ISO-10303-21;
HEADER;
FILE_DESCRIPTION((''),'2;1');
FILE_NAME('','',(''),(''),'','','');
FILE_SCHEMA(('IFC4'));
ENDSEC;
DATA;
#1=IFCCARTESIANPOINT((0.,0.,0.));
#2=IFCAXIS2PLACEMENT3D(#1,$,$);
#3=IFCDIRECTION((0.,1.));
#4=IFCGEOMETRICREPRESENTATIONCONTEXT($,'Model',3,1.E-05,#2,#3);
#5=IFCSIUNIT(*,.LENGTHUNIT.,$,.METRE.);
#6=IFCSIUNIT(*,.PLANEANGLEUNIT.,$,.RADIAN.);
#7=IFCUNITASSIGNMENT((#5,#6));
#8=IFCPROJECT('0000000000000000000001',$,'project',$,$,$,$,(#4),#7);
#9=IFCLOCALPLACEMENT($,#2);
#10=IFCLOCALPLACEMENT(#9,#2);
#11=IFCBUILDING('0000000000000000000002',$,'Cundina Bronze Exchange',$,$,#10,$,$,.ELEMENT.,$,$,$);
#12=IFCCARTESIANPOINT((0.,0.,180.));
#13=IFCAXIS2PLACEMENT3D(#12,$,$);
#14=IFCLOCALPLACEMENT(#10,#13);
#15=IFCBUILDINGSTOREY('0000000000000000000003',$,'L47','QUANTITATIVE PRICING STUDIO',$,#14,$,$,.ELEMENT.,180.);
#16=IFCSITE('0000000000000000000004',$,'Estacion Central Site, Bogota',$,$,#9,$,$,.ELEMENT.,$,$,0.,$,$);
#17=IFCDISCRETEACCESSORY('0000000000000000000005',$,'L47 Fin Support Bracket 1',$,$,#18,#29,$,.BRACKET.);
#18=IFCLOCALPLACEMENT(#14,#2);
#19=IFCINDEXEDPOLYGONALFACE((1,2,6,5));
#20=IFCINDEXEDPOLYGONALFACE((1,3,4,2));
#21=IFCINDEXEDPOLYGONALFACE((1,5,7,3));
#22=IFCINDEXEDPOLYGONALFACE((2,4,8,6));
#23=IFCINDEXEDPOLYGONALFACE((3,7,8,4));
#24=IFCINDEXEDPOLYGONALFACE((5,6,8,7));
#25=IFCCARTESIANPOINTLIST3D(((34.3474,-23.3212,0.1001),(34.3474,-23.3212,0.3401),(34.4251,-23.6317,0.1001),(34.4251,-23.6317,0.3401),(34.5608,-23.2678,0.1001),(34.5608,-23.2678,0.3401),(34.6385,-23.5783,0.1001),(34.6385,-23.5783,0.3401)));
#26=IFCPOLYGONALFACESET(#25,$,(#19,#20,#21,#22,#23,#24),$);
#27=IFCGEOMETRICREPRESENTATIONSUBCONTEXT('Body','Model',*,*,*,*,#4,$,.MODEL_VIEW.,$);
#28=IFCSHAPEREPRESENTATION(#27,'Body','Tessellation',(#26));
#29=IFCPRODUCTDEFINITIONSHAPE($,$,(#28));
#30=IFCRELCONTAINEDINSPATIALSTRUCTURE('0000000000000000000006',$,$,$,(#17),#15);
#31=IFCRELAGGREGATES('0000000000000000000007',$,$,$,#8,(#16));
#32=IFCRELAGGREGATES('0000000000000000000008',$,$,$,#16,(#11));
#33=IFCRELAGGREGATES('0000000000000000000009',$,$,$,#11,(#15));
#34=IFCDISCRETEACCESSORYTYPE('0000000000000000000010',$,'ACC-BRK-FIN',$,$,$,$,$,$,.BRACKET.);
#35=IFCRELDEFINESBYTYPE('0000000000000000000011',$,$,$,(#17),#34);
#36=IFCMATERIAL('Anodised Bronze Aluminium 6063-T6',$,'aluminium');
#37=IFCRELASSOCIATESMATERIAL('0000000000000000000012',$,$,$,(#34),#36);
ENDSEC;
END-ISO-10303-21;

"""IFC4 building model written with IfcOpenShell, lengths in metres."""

from ifc_helpers import new_model, si_unit, direction, frame, origin, origin_2d, place, context, subcontext, project, spatial, rectangle, extrude, material, type_object, element, save


model = new_model("IFC4")

# Units and contexts
model_context = context("Model", 3, precision=1e-05, world=origin(), true_north=direction((0.0, 1.0)))
body_context = subcontext(model_context, "Body", "Model", "MODEL_VIEW")
ifc_project = project(units=[si_unit("LENGTHUNIT", "METRE"), si_unit("PLANEANGLEUNIT", "RADIAN")], contexts=[model_context])

# Site, building, storey
site_placement = place(None, origin())
site = spatial("IfcSite", under=ifc_project, at=site_placement, Name="Estacion Central Site, Bogota", CompositionType="ELEMENT", RefElevation=0.0)
building_placement = place(site_placement, origin())
building = spatial("IfcBuilding", under=site, at=building_placement, Name="Cundina Bronze Exchange", CompositionType="ELEMENT")
storey_placement = place(building_placement, frame((0.0, 0.0, 180.0)))
storey = spatial("IfcBuildingStorey", under=building, at=storey_placement, Name="L47", Description="QUANTITATIVE PRICING STUDIO", CompositionType="ELEMENT", Elevation=180.0)

# Shared definitions
ifc_material_1 = material(Name="Anodised Bronze Aluminium 6063-T6", Category="aluminium")

# Discrete accessory
discrete_accessory_type = type_object("IfcDiscreteAccessoryType", Name="ACC-BRK-FIN", PredefinedType="BRACKET", material=ifc_material_1)
discrete_accessory_placement = place(storey_placement, frame((34.4929, -23.4497, 0.1001), z_axis=(0.0, 0.0, 1.0), x_axis=(0.970093, 0.242735, 0.0)))
element("IfcDiscreteAccessory", 1, at=discrete_accessory_placement, inside=storey, type_object=discrete_accessory_type, Name="L47 Fin Support Bracket 1", PredefinedType="BRACKET", context=body_context, shape_type="SweptSolid", body=[
    extrude(rectangle(XDim=0.22, YDim=0.3201, at=origin_2d()), origin(), (0.0, 0.0, 1.0), 0.24),
])

save(model, "model.ifc")
